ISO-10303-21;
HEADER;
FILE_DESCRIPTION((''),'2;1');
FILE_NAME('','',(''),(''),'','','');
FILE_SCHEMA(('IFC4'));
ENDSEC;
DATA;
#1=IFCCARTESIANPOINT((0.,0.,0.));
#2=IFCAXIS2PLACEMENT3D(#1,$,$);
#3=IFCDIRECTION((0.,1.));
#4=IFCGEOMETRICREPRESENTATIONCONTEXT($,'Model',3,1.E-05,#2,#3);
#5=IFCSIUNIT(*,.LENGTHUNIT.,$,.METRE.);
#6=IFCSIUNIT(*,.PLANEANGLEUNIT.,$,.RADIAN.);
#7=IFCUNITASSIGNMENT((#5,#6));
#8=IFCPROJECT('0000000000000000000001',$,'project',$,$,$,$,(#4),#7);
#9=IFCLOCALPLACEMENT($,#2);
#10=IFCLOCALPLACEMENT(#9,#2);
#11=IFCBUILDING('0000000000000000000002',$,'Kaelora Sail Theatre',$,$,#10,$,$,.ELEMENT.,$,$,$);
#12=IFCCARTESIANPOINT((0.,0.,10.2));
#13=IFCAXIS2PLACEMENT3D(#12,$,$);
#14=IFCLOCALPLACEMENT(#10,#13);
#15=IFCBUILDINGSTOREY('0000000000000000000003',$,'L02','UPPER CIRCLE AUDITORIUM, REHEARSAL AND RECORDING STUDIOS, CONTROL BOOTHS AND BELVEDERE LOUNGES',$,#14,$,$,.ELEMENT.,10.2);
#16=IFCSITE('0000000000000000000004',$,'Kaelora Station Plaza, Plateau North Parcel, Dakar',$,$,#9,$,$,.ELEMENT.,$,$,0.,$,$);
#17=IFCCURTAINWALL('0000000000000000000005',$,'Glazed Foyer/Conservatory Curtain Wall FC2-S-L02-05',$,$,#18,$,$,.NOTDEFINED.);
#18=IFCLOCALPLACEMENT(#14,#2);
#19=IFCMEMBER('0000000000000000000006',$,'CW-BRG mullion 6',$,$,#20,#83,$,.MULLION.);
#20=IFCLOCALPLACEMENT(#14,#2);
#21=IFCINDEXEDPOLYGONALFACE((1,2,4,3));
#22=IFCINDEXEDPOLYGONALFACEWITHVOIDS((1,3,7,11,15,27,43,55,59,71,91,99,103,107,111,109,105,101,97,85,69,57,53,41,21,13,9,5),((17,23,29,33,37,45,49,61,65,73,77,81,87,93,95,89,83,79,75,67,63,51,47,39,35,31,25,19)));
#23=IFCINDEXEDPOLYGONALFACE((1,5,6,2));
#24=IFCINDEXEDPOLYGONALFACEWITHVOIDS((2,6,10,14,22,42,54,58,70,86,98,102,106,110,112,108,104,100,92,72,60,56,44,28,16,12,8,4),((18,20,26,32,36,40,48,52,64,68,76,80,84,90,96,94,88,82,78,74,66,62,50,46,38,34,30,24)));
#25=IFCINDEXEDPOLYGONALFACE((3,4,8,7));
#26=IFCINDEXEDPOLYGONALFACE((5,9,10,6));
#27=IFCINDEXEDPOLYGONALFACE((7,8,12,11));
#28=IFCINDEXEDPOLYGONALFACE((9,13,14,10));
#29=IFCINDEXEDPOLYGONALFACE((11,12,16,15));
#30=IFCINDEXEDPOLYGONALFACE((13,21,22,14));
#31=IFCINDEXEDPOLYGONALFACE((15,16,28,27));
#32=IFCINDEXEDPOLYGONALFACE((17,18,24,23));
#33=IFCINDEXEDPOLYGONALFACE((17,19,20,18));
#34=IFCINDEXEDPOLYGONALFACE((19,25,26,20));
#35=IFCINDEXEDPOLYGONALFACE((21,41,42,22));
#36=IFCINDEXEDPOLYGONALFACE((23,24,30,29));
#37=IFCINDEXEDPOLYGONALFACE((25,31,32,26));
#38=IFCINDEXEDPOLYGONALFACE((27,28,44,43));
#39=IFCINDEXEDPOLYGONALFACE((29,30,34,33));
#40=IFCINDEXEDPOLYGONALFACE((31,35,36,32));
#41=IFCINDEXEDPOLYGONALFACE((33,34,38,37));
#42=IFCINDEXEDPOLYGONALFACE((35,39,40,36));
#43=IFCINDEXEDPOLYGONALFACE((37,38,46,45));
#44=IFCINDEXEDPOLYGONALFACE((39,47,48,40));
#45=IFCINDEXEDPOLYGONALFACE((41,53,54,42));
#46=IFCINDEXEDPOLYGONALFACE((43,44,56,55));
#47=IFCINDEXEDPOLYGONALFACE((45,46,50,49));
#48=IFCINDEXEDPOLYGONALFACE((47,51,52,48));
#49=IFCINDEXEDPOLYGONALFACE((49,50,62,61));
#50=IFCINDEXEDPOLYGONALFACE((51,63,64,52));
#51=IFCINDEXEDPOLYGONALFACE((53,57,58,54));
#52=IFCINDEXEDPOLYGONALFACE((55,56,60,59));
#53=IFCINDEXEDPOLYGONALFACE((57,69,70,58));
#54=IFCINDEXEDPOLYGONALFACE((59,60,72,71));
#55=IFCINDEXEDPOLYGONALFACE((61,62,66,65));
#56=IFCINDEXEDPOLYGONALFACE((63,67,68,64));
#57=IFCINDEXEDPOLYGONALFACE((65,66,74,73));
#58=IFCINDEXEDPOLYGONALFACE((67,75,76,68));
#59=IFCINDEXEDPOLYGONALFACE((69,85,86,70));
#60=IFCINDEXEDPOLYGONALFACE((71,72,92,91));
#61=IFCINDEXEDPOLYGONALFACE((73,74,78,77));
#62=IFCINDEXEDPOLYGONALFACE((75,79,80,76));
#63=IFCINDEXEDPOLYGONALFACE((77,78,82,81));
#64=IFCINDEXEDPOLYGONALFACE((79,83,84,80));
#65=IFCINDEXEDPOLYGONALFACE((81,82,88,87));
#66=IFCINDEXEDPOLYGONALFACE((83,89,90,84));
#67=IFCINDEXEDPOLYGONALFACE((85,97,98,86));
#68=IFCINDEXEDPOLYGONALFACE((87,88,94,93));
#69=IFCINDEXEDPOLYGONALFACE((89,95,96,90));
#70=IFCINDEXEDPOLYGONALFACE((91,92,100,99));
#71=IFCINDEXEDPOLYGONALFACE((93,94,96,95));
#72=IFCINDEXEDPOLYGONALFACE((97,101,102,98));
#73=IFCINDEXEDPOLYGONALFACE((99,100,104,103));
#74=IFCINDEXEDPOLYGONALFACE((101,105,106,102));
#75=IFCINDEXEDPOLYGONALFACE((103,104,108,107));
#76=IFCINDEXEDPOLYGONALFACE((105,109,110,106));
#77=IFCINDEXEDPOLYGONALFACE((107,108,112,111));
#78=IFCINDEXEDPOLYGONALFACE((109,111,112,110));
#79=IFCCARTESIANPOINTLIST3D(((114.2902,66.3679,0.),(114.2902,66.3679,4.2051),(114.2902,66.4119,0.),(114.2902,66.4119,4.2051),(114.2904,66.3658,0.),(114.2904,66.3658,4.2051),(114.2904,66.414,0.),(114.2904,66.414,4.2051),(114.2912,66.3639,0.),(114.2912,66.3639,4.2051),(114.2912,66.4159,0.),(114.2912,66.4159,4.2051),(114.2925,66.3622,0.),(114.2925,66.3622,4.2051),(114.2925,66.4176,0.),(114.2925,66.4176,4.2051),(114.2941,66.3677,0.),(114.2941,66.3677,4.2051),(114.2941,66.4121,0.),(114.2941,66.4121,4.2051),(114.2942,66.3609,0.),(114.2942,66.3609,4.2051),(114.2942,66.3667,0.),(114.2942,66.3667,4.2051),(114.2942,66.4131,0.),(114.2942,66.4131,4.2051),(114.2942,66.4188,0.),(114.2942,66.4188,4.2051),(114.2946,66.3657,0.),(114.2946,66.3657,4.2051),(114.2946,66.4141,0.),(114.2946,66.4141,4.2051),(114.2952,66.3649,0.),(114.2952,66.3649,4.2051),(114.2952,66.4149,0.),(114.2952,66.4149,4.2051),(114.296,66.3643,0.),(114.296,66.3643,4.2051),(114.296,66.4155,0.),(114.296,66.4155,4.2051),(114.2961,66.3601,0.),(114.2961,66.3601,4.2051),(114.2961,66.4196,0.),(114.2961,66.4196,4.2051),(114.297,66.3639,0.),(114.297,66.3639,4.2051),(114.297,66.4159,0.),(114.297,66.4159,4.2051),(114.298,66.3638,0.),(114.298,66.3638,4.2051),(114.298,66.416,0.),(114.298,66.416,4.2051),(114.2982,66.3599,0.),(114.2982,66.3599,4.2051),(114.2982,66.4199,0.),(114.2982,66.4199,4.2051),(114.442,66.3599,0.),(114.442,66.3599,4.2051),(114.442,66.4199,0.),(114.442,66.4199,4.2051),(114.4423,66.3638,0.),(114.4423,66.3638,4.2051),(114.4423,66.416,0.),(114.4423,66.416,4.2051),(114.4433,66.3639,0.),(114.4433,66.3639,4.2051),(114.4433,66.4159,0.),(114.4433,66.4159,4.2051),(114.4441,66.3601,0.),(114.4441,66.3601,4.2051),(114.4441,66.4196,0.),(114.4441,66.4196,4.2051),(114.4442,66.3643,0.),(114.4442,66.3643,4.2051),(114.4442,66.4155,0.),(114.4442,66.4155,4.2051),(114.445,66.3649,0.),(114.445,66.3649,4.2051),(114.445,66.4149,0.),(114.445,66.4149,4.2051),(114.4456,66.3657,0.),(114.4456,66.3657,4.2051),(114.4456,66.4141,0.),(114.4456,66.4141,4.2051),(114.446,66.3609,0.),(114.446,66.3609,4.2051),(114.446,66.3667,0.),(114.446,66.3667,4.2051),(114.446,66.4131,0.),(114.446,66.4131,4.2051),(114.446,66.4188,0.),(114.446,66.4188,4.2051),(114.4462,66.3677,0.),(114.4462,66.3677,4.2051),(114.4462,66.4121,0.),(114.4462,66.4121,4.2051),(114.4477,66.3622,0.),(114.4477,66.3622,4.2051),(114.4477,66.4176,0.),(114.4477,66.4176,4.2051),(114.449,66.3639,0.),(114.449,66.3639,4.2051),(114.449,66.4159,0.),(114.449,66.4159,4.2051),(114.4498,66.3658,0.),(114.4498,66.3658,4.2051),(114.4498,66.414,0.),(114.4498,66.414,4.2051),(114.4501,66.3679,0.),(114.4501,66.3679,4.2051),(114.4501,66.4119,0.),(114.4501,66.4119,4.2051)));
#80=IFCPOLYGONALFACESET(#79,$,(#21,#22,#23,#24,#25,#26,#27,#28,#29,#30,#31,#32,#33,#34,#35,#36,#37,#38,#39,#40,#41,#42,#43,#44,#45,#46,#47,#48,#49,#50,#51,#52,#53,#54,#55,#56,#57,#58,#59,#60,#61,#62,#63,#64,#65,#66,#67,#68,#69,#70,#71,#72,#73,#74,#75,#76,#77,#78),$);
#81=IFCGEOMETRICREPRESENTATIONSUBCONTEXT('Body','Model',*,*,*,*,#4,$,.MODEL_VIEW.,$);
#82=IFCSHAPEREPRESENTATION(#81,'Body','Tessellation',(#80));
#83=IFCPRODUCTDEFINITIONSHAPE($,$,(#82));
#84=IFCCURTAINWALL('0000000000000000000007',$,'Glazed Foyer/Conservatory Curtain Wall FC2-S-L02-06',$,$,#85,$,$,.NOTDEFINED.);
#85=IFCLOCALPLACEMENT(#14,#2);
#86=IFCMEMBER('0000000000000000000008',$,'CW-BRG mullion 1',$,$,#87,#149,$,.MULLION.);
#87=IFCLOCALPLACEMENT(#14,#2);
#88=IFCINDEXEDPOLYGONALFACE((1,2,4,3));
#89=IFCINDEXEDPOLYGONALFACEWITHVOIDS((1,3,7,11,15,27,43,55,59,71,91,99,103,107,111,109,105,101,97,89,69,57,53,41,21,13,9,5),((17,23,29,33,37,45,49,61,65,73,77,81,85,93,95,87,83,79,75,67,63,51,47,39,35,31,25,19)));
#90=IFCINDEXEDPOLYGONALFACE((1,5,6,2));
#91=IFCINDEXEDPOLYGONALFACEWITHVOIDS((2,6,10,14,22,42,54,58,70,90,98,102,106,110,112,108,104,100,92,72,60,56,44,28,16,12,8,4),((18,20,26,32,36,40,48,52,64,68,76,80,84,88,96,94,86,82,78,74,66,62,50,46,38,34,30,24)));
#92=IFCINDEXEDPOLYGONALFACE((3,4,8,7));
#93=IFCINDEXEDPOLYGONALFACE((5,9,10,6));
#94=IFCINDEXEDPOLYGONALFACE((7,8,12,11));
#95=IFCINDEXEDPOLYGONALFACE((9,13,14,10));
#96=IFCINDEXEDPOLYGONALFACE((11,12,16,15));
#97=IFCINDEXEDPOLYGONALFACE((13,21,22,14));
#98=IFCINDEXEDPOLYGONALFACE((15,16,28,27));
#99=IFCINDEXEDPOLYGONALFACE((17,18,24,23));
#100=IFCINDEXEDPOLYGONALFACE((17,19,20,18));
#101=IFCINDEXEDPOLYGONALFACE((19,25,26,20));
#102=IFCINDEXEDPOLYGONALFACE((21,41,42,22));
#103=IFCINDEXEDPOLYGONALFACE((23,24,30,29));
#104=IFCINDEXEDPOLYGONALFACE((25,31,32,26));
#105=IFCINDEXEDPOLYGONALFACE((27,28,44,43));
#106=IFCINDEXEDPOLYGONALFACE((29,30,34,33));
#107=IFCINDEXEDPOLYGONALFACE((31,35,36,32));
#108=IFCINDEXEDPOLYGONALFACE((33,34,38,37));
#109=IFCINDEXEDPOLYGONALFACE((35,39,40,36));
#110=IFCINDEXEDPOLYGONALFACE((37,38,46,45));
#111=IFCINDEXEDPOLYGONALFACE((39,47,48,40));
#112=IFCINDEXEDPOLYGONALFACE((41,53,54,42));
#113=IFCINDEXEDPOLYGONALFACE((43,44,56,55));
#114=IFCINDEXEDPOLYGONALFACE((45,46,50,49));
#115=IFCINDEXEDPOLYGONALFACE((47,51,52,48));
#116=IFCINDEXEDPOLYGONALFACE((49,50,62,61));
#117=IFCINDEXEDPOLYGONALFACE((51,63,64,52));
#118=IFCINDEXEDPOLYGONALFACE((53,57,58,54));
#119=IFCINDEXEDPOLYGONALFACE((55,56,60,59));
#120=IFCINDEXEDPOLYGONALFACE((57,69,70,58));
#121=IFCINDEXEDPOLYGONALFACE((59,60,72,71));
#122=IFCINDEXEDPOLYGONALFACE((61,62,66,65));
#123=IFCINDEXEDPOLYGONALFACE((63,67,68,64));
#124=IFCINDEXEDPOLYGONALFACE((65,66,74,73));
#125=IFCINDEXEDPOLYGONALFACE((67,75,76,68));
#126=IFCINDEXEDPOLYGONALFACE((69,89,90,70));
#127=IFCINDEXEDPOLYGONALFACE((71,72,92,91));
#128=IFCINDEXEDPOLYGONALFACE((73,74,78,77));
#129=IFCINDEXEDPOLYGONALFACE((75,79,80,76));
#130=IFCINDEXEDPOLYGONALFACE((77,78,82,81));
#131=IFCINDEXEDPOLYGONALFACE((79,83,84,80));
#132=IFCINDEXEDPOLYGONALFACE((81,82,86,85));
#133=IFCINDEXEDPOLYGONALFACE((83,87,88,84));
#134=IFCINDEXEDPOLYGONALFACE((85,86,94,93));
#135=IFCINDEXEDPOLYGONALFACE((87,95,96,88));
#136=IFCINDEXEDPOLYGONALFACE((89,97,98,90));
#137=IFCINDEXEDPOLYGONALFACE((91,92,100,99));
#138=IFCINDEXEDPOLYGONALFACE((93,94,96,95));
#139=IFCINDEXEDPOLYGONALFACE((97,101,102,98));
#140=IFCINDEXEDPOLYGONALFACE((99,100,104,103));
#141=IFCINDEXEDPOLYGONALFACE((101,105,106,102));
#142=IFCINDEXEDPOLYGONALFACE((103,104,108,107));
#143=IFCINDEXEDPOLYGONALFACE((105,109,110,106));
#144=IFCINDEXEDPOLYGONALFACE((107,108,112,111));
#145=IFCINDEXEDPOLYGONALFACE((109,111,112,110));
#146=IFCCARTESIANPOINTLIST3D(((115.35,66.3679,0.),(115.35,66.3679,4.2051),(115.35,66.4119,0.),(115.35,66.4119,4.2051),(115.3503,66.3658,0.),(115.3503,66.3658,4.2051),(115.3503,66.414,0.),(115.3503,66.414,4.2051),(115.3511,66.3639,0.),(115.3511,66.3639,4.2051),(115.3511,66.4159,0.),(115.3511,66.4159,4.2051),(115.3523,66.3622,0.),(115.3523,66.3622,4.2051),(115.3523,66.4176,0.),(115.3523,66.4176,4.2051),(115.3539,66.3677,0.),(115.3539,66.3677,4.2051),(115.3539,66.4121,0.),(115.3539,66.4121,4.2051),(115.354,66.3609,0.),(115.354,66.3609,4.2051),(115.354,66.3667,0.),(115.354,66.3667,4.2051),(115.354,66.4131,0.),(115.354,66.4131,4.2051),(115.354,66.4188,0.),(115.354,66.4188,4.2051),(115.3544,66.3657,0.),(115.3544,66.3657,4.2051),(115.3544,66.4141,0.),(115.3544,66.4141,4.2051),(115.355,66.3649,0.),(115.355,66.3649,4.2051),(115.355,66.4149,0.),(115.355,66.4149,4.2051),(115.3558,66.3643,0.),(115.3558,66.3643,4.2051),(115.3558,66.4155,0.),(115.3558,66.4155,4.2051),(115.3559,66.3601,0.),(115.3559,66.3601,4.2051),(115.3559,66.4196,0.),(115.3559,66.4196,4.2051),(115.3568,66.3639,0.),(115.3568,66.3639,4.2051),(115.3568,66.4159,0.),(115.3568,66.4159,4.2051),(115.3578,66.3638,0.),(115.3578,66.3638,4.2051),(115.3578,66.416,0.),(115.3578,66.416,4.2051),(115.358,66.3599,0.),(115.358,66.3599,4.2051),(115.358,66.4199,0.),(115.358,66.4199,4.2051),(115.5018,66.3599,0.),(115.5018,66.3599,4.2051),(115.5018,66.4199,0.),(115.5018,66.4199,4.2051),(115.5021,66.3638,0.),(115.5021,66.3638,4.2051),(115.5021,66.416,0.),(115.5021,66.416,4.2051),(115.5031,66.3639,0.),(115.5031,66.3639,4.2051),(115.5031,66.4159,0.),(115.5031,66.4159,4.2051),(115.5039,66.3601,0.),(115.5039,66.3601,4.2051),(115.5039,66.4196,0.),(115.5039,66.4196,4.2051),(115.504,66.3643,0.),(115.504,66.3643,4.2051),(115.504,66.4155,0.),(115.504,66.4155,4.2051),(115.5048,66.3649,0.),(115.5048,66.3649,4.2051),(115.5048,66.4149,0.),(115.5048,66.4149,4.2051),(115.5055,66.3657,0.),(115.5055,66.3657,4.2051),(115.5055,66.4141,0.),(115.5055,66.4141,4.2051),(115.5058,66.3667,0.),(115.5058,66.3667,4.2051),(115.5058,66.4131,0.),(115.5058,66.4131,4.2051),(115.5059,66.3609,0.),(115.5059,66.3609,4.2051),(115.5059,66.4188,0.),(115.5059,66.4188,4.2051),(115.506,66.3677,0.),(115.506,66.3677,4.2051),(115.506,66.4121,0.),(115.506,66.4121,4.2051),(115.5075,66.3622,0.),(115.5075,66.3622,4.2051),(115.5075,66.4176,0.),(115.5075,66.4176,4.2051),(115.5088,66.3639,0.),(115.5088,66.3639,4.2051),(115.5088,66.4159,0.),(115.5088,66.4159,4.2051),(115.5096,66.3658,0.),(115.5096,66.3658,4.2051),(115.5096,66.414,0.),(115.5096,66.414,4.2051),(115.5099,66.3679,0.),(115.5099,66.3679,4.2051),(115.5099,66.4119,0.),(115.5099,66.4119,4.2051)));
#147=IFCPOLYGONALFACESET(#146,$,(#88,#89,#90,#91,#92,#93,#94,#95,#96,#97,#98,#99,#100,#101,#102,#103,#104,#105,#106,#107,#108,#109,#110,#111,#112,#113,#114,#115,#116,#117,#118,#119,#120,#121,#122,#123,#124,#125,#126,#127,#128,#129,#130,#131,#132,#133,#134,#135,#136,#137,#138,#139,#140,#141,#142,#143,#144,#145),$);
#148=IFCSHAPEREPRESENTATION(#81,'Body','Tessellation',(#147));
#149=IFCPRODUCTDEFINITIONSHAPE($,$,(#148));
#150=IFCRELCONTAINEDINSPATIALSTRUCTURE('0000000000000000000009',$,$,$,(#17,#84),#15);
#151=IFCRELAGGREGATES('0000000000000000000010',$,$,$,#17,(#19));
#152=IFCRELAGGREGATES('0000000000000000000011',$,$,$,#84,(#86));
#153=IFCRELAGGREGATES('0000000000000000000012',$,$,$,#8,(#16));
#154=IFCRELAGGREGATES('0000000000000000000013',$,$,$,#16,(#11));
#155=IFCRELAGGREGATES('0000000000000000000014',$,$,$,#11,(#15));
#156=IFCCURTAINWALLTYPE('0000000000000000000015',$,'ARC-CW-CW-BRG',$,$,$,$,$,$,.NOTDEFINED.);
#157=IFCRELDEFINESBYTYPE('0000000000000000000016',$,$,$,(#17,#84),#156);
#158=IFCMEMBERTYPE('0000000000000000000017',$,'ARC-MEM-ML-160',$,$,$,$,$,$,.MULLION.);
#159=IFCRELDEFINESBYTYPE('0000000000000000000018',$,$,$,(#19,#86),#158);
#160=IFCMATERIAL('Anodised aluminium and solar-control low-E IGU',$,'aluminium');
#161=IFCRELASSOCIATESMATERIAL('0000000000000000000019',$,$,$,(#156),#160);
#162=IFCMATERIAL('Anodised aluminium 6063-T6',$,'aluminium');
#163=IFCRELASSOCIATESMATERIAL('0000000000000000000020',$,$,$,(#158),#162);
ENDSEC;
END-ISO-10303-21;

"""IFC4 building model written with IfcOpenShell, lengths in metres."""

from ifc_helpers import new_model, si_unit, direction, frame, origin, origin_2d, place, context, subcontext, project, spatial, hollow_rectangle, extrude, material, material_profile, profile_set, type_object, element, aggregate, save


model = new_model("IFC4")

# Units and contexts
model_context = context("Model", 3, precision=1e-05, world=origin(), true_north=direction((0.0, 1.0)))
body_context = subcontext(model_context, "Body", "Model", "MODEL_VIEW")
ifc_project = project(units=[si_unit("LENGTHUNIT", "METRE"), si_unit("PLANEANGLEUNIT", "RADIAN")], contexts=[model_context])

# Site, building, storey
site_placement = place(None, origin())
site = spatial("IfcSite", under=ifc_project, at=site_placement, Name="Kaelora Station Plaza, Plateau North Parcel, Dakar", CompositionType="ELEMENT", RefElevation=0.0)
building_placement = place(site_placement, origin())
building = spatial("IfcBuilding", under=site, at=building_placement, Name="Kaelora Sail Theatre", CompositionType="ELEMENT")
storey_placement = place(building_placement, frame((0.0, 0.0, 10.2)))
storey = spatial("IfcBuildingStorey", under=building, at=storey_placement, Name="L02", Description="UPPER CIRCLE AUDITORIUM, REHEARSAL AND RECORDING STUDIOS, CONTROL BOOTHS AND BELVEDERE LOUNGES", CompositionType="ELEMENT", Elevation=10.2)

# Curtain walls, members
ifc_material_1 = material(Name="Anodised aluminium and solar-control low-E IGU", Category="aluminium")
curtain_wall_type = type_object("IfcCurtainWallType", Name="ARC-CW-CW-BRG", PredefinedType="NOTDEFINED", material=ifc_material_1)
curtain_wall_1_placement = place(storey_placement, origin())
curtain_wall_1 = element("IfcCurtainWall", 1, at=curtain_wall_1_placement, inside=storey, type_object=curtain_wall_type, Name="Glazed Foyer/Conservatory Curtain Wall FC2-S-L02-05", PredefinedType="NOTDEFINED")
ifc_material_2 = material(Name="Anodised aluminium 6063-T6", Category="aluminium")
ifc_material_profile_1 = material_profile(ifc_material_2, hollow_rectangle(XDim=0.0601, YDim=0.1599, WallThickness=0.0039, InnerFilletRadius=0.0039, OuterFilletRadius=0.0081, at=origin_2d()), Name="ALU-MULL 60x160x4")
ifc_profile_set_1 = profile_set([ifc_material_profile_1], Name="Anodised aluminium 6063-T6")
member_type_1 = type_object("IfcMemberType", Name="ARC-MEM-ML-160", PredefinedType="MULLION", material=ifc_profile_set_1)
member_1_placement = place(storey_placement, frame((114.3701, 66.3899, 0.0), z_axis=(0.0, 0.0, 1.0), x_axis=(0.0, 1.0, 0.0)))
member_1 = element("IfcMember", 2, at=member_1_placement, type_object=member_type_1, Name="CW-BRG mullion 6", PredefinedType="MULLION", context=body_context, shape_type="SweptSolid", body=[
    extrude(hollow_rectangle(XDim=0.0601, YDim=0.1599, WallThickness=0.0039, InnerFilletRadius=0.0039, OuterFilletRadius=0.0081, at=origin_2d()), origin(), (0.0, 0.0, 1.0), 4.2051),
])
curtain_wall_2_placement = place(storey_placement, origin())
curtain_wall_2 = element("IfcCurtainWall", 3, at=curtain_wall_2_placement, inside=storey, type_object=curtain_wall_type, Name="Glazed Foyer/Conservatory Curtain Wall FC2-S-L02-06", PredefinedType="NOTDEFINED")
member_2_placement = place(storey_placement, frame((115.4299, 66.3899, 0.0), z_axis=(0.0, 0.0, 1.0), x_axis=(0.0, 1.0, 0.0)))
member_2 = element("IfcMember", 4, at=member_2_placement, type_object=member_type_1, Name="CW-BRG mullion 1", PredefinedType="MULLION", context=body_context, shape_type="SweptSolid", body=[
    extrude(hollow_rectangle(XDim=0.0601, YDim=0.1599, WallThickness=0.0039, InnerFilletRadius=0.0039, OuterFilletRadius=0.0081, at=origin_2d()), origin(), (0.0, 0.0, 1.0), 4.2051),
])

aggregate(curtain_wall_1, [member_1])
aggregate(curtain_wall_2, [member_2])

save(model, "model.ifc")
